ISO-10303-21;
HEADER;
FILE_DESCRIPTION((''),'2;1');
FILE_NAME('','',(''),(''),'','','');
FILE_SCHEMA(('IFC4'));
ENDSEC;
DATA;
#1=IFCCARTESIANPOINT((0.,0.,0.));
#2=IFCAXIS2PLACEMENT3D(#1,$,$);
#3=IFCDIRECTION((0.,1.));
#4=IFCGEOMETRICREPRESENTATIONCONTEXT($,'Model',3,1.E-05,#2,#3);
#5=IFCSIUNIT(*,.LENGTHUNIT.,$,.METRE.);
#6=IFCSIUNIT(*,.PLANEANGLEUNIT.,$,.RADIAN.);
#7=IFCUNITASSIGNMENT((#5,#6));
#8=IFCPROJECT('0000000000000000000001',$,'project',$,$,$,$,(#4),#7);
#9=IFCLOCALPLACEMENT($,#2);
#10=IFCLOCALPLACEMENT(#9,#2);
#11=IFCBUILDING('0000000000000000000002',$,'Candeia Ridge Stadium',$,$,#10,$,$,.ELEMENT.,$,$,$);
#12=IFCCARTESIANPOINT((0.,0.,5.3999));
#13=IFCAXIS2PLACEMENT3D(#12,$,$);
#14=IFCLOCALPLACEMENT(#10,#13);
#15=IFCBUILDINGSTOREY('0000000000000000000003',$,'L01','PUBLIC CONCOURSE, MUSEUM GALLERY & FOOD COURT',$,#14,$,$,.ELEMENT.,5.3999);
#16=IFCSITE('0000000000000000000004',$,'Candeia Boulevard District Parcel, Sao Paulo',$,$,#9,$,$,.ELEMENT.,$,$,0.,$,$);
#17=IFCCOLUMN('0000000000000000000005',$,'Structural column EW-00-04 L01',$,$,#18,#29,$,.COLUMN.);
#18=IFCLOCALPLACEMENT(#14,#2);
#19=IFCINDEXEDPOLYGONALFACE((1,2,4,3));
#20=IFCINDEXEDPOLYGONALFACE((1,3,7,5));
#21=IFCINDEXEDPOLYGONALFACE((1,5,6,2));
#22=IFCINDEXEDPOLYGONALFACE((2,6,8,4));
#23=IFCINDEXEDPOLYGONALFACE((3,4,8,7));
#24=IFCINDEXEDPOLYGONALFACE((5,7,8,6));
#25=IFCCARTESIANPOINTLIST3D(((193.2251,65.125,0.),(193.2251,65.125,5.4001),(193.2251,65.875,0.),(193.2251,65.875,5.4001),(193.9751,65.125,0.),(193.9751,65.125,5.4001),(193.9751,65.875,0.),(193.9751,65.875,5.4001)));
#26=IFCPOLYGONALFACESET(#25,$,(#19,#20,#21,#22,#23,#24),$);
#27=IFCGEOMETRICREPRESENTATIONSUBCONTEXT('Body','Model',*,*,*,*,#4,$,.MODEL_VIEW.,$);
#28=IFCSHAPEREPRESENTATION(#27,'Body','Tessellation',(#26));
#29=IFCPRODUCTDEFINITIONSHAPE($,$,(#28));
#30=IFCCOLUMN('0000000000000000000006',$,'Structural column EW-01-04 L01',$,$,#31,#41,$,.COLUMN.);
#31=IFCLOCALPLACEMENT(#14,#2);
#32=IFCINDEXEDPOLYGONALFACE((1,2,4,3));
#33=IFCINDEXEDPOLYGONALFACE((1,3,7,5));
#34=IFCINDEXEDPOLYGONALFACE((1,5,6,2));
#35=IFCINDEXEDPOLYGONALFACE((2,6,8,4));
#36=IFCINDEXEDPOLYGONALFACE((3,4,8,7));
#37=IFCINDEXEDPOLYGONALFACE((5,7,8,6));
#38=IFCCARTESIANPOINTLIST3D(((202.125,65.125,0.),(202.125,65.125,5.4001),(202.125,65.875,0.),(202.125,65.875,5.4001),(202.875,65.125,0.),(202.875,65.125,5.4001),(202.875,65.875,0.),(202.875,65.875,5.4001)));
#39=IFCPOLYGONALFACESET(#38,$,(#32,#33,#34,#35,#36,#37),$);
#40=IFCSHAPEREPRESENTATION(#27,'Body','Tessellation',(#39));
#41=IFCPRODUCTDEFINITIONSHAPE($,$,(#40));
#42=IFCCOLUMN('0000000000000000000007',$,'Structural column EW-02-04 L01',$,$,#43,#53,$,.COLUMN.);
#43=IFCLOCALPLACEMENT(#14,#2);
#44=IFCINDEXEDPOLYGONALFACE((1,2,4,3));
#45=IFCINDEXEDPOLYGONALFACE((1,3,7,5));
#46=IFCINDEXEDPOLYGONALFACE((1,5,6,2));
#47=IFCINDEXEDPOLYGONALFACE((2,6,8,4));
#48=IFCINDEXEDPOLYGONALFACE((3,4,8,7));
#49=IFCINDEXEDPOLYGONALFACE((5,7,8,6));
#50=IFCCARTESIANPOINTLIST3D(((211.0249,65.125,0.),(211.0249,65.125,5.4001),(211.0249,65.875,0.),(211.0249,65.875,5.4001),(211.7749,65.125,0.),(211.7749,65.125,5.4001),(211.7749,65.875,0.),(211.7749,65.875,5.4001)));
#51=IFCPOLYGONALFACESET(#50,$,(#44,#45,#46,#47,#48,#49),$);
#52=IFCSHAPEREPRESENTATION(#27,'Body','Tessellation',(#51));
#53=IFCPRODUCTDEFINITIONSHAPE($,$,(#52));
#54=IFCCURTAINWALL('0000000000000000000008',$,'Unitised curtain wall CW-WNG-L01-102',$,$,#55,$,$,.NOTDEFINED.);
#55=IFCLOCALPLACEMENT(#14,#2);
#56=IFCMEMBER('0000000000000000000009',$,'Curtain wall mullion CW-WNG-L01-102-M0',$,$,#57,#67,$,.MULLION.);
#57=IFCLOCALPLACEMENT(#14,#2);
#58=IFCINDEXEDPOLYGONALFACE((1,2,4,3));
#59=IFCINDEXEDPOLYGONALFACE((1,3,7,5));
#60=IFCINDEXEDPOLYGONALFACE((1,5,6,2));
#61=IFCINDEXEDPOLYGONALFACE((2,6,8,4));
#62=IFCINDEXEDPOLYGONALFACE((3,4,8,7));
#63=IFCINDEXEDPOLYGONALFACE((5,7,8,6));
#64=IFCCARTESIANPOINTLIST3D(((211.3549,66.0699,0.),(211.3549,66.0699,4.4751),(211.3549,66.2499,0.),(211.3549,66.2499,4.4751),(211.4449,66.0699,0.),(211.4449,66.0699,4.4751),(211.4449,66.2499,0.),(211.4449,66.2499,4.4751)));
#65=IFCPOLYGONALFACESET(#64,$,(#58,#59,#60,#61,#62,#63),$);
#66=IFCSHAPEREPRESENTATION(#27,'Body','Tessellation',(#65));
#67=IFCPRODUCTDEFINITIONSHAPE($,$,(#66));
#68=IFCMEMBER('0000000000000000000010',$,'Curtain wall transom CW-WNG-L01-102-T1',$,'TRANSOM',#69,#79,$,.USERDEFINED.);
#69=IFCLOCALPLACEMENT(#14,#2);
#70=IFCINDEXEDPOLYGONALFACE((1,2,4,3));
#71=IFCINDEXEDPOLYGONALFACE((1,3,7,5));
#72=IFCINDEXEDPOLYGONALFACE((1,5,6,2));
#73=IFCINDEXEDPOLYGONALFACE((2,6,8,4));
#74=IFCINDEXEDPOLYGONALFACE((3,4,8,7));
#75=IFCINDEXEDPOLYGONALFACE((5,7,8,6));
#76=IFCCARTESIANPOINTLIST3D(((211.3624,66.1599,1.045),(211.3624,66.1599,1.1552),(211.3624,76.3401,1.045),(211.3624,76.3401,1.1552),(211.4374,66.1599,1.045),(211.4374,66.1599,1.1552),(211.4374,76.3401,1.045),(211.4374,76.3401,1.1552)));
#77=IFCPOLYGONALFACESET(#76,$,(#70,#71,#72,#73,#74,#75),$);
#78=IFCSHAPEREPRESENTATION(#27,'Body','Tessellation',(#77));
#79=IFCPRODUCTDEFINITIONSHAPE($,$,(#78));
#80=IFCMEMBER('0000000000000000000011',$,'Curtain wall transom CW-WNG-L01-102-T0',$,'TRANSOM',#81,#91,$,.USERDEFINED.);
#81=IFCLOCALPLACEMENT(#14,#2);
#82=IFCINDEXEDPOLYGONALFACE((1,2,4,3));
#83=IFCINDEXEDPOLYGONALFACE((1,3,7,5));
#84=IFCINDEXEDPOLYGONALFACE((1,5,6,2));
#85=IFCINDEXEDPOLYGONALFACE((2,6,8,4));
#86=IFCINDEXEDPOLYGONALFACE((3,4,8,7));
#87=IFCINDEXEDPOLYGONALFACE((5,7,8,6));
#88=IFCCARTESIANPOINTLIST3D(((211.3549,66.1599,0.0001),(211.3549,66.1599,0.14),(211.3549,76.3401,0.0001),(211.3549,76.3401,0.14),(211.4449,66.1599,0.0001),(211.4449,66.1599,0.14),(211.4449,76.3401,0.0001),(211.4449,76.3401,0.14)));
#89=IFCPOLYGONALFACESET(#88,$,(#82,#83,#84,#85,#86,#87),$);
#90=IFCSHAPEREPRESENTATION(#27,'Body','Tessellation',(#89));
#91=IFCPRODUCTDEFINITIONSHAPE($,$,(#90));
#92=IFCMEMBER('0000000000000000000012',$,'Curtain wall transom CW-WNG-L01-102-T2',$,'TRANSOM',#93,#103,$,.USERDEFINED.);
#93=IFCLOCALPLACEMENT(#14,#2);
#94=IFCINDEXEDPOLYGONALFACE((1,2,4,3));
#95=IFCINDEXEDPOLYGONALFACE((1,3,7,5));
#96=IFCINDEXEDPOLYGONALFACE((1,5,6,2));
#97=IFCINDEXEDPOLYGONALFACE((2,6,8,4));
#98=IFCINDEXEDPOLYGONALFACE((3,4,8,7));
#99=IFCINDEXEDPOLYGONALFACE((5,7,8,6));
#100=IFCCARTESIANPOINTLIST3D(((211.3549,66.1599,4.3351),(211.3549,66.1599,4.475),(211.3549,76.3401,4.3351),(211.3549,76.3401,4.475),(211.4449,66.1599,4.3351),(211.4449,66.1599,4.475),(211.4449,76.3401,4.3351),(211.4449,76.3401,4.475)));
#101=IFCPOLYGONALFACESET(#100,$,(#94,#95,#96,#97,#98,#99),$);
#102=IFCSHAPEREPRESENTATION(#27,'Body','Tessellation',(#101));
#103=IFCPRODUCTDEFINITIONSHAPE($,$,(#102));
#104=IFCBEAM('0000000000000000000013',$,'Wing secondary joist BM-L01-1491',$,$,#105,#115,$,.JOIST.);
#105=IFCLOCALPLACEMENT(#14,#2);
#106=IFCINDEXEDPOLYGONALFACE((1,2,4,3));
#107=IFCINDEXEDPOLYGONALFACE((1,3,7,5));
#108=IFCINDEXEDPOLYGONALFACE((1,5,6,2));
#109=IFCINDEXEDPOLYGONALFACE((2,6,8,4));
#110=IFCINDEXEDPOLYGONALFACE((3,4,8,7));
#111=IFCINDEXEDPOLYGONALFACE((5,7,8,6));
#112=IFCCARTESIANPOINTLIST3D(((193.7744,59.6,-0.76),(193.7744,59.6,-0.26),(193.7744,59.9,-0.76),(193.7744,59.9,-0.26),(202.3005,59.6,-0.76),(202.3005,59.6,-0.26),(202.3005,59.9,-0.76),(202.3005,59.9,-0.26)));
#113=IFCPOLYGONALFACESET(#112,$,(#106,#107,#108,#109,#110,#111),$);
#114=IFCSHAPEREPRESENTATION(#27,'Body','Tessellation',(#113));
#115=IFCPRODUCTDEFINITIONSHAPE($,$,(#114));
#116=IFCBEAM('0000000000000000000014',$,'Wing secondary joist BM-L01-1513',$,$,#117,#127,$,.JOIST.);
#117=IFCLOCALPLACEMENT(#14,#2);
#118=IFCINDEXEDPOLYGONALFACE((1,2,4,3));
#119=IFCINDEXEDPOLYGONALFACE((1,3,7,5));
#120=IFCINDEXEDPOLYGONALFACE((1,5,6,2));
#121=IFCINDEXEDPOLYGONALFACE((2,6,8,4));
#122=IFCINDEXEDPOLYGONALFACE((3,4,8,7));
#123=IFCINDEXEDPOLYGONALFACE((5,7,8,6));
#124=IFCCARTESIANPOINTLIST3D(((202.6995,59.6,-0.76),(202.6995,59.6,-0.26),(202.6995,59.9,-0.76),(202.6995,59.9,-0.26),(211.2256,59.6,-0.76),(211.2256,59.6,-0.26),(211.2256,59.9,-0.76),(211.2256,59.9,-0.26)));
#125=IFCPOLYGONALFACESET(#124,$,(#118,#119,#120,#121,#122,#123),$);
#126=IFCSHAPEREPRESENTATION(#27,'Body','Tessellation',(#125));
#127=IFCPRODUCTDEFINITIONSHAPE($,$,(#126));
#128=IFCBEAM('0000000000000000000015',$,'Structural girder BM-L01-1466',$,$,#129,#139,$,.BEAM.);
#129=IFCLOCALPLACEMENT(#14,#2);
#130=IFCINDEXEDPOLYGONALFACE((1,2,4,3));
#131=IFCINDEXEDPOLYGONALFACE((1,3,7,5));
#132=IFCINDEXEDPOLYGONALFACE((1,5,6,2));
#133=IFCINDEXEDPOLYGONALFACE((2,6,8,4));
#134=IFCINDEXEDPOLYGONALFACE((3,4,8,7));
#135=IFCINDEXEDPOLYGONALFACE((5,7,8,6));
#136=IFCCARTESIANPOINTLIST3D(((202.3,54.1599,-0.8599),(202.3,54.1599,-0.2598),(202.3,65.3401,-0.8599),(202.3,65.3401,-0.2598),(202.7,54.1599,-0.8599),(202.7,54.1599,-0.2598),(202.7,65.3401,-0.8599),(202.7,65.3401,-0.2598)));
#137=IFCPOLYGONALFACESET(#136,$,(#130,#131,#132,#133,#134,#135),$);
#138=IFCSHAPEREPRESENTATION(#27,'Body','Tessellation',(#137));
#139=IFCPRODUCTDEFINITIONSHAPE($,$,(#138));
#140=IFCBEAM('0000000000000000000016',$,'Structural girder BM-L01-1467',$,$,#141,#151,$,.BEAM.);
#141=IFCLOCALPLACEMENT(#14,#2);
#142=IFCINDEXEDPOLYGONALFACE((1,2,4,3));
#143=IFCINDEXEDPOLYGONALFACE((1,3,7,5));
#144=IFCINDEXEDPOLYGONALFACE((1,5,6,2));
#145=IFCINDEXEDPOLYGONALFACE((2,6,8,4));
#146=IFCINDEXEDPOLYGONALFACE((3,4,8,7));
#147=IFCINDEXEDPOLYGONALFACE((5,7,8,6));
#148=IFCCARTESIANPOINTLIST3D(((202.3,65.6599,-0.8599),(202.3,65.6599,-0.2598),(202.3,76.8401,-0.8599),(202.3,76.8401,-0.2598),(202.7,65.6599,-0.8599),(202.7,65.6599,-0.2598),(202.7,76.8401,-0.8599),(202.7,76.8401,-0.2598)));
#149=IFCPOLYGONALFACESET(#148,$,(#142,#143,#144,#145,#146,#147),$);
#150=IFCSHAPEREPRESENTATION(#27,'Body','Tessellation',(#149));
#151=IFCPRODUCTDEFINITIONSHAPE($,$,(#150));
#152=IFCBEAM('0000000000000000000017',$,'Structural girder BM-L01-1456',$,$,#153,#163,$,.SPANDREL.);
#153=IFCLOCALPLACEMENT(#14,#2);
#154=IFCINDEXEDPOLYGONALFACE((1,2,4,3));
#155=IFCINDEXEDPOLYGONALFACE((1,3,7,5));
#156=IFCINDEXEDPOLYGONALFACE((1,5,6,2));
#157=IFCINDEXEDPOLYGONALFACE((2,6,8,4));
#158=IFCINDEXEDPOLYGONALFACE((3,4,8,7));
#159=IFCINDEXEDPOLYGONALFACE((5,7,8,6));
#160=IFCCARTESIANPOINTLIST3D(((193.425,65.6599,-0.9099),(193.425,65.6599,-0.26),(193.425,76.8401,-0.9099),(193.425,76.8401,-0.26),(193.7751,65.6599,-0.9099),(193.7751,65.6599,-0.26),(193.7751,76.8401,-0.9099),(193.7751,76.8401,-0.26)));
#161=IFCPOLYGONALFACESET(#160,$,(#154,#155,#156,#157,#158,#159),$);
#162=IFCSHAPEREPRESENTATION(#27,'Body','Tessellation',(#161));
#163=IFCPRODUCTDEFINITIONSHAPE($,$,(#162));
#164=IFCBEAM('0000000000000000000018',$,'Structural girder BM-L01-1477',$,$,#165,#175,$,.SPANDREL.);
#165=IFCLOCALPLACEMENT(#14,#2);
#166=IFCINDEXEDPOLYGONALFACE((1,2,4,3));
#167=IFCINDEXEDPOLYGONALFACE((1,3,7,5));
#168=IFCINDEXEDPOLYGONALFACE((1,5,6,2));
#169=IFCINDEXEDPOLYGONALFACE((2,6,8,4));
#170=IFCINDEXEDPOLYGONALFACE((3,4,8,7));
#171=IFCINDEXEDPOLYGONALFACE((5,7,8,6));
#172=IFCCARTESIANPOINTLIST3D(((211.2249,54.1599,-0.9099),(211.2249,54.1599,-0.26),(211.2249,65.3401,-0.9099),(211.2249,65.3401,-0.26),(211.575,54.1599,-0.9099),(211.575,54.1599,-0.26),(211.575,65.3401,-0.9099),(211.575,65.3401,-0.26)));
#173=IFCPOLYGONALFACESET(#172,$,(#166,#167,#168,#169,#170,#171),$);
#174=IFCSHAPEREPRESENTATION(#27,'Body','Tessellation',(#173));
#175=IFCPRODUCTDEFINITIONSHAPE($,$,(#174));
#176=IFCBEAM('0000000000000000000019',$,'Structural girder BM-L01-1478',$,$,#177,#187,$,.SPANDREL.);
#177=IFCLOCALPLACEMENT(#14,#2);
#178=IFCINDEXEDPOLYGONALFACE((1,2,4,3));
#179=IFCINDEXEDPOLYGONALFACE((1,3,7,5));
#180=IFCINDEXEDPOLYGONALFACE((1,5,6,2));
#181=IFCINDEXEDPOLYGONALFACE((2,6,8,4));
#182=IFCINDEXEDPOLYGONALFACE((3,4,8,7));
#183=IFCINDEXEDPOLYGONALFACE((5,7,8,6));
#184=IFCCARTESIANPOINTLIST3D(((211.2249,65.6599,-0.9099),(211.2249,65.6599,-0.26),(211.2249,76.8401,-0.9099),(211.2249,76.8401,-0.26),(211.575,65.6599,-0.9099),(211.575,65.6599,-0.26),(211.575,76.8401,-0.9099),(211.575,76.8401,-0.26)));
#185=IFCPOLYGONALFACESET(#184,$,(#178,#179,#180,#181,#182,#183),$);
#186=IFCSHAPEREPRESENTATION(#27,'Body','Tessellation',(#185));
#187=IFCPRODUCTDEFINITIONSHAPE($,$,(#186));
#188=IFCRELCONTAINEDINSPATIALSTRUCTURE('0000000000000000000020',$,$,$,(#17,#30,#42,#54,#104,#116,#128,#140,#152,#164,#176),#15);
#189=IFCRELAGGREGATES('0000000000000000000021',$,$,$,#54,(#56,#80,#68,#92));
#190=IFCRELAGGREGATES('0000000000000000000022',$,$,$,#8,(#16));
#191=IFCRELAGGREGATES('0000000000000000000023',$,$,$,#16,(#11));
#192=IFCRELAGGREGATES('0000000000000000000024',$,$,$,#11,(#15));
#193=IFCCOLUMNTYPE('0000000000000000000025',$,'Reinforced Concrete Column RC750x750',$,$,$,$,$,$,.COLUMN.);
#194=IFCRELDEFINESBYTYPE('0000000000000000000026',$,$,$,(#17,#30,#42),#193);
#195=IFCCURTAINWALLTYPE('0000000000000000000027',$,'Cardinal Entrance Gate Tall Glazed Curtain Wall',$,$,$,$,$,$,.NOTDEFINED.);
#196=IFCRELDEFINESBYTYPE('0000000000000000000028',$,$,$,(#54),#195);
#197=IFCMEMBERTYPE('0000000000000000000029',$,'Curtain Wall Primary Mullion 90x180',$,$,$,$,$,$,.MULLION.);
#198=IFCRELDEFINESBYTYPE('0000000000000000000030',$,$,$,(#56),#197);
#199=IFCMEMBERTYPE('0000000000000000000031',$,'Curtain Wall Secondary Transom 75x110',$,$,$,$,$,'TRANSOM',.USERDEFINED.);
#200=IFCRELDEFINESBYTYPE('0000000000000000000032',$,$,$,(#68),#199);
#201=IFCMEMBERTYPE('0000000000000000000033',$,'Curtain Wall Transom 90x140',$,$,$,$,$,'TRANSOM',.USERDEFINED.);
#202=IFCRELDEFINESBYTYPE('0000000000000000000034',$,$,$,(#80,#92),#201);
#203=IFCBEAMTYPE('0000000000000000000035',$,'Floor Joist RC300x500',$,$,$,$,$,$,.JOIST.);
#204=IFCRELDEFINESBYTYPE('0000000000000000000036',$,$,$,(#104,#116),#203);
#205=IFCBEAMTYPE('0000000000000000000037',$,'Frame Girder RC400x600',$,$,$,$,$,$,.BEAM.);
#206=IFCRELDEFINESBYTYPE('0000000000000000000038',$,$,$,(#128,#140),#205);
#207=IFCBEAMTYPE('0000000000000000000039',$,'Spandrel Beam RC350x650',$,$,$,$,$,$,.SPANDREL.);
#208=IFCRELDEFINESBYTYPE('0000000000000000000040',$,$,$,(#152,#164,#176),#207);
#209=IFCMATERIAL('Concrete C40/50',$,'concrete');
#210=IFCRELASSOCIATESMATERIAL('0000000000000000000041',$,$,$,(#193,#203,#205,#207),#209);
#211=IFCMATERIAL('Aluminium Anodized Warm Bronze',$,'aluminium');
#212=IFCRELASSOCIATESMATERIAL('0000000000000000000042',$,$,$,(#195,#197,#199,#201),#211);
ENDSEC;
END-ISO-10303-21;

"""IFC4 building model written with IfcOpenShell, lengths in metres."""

from ifc_helpers import new_model, si_unit, direction, frame, origin, origin_2d, place, context, subcontext, project, spatial, rectangle, extrude, material, material_profile, profile_set, type_object, element, aggregate, save


model = new_model("IFC4")

# Units and contexts
model_context = context("Model", 3, precision=1e-05, world=origin(), true_north=direction((0.0, 1.0)))
body_context = subcontext(model_context, "Body", "Model", "MODEL_VIEW")
ifc_project = project(units=[si_unit("LENGTHUNIT", "METRE"), si_unit("PLANEANGLEUNIT", "RADIAN")], contexts=[model_context])

# Site, building, storey
site_placement = place(None, origin())
site = spatial("IfcSite", under=ifc_project, at=site_placement, Name="Candeia Boulevard District Parcel, Sao Paulo", CompositionType="ELEMENT", RefElevation=0.0)
building_placement = place(site_placement, origin())
building = spatial("IfcBuilding", under=site, at=building_placement, Name="Candeia Ridge Stadium", CompositionType="ELEMENT")
storey_placement = place(building_placement, frame((0.0, 0.0, 5.3999)))
storey = spatial("IfcBuildingStorey", under=building, at=storey_placement, Name="L01", Description="PUBLIC CONCOURSE, MUSEUM GALLERY & FOOD COURT", CompositionType="ELEMENT", Elevation=5.3999)

# Columns
ifc_material_1 = material(Name="Concrete C40/50", Category="concrete")
ifc_material_profile_1 = material_profile(ifc_material_1, rectangle(XDim=0.75, YDim=0.75, at=origin_2d()), Name="RC750x750", Category="concrete")
ifc_profile_set_1 = profile_set([ifc_material_profile_1], Name="Concrete C40/50")
column_type = type_object("IfcColumnType", Name="Reinforced Concrete Column RC750x750", PredefinedType="COLUMN", material=ifc_profile_set_1)
for number, where, z_axis, x_axis, name in (
    (1, (193.6001, 65.5, 0.0), (0.0, 0.0, 1.0), (1.0, 0.0, 0.0), "Structural column EW-00-04 L01"),
    (2, (202.5, 65.5, 0.0), (0.0, 0.0, 1.0), (1.0, 0.0, 0.0), "Structural column EW-01-04 L01"),
    (3, (211.3999, 65.5, 0.0), (0.0, 0.0, 1.0), (1.0, 0.0, 0.0), "Structural column EW-02-04 L01"),
):
    element("IfcColumn", number, at=place(storey_placement, frame(where, z_axis=z_axis, x_axis=x_axis)), inside=storey, type_object=column_type, Name=name, PredefinedType="COLUMN", context=body_context, shape_type="SweptSolid", body=[
        extrude(rectangle(XDim=0.75, YDim=0.75, at=origin_2d()), origin(), (0.0, 0.0, 1.0), 5.4001),
    ])

# Curtain wall, members
ifc_material_2 = material(Name="Aluminium Anodized Warm Bronze", Category="aluminium")
curtain_wall_type = type_object("IfcCurtainWallType", Name="Cardinal Entrance Gate Tall Glazed Curtain Wall", PredefinedType="NOTDEFINED", material=ifc_material_2)
curtain_wall_placement = place(storey_placement, origin())
curtain_wall = element("IfcCurtainWall", 4, at=curtain_wall_placement, inside=storey, type_object=curtain_wall_type, Name="Unitised curtain wall CW-WNG-L01-102", PredefinedType="NOTDEFINED")
ifc_material_profile_2 = material_profile(ifc_material_2, rectangle(XDim=0.0901, YDim=0.1799, at=origin_2d()), Name="CWM-90x180", Category="aluminium")
ifc_profile_set_2 = profile_set([ifc_material_profile_2], Name="Aluminium Anodized Warm Bronze")
member_type_1 = type_object("IfcMemberType", Name="Curtain Wall Primary Mullion 90x180", PredefinedType="MULLION", material=ifc_profile_set_2)
member_1_placement = place(storey_placement, frame((211.3999, 66.1599, 0.0), z_axis=(0.0, 0.0, 1.0), x_axis=(1.0, 0.0, 0.0)))
member_1 = element("IfcMember", 5, at=member_1_placement, type_object=member_type_1, Name="Curtain wall mullion CW-WNG-L01-102-M0", PredefinedType="MULLION", context=body_context, shape_type="SweptSolid", body=[
    extrude(rectangle(XDim=0.0901, YDim=0.1799, at=origin_2d()), origin(), (0.0, 0.0, 1.0), 4.4751),
])
ifc_material_profile_3 = material_profile(ifc_material_2, rectangle(XDim=0.075, YDim=0.1101, at=origin_2d()), Name="CWT-75x110", Category="aluminium")
ifc_profile_set_3 = profile_set([ifc_material_profile_3], Name="Aluminium Anodized Warm Bronze")
member_type_2 = type_object("IfcMemberType", Name="Curtain Wall Secondary Transom 75x110", ElementType="TRANSOM", PredefinedType="USERDEFINED", material=ifc_profile_set_3)
member_2_placement = place(storey_placement, frame((211.3999, 66.1599, 1.1001), z_axis=(0.0, 1.0, 0.0), x_axis=(-1.0, 0.0, 0.0)))
member_2 = element("IfcMember", 6, at=member_2_placement, type_object=member_type_2, Name="Curtain wall transom CW-WNG-L01-102-T1", ObjectType="TRANSOM", PredefinedType="USERDEFINED", context=body_context, shape_type="SweptSolid", body=[
    extrude(rectangle(XDim=0.075, YDim=0.1101, at=origin_2d()), origin(), (0.0, 0.0, 1.0), 10.1802),
])
ifc_material_profile_4 = material_profile(ifc_material_2, rectangle(XDim=0.0901, YDim=0.1399, at=origin_2d()), Name="CWT-90x140", Category="aluminium")
ifc_profile_set_4 = profile_set([ifc_material_profile_4], Name="Aluminium Anodized Warm Bronze")
member_type_3 = type_object("IfcMemberType", Name="Curtain Wall Transom 90x140", ElementType="TRANSOM", PredefinedType="USERDEFINED", material=ifc_profile_set_4)
member_3_placement = place(storey_placement, frame((211.3999, 66.1599, 0.0701), z_axis=(0.0, 1.0, 0.0), x_axis=(-1.0, 0.0, 0.0)))
member_3 = element("IfcMember", 7, at=member_3_placement, type_object=member_type_3, Name="Curtain wall transom CW-WNG-L01-102-T0", ObjectType="TRANSOM", PredefinedType="USERDEFINED", context=body_context, shape_type="SweptSolid", body=[
    extrude(rectangle(XDim=0.0901, YDim=0.1399, at=origin_2d()), origin(), (0.0, 0.0, 1.0), 10.1802),
])
member_4_placement = place(storey_placement, frame((211.3999, 66.1599, 4.405), z_axis=(0.0, 1.0, 0.0), x_axis=(-1.0, 0.0, 0.0)))
member_4 = element("IfcMember", 8, at=member_4_placement, type_object=member_type_3, Name="Curtain wall transom CW-WNG-L01-102-T2", ObjectType="TRANSOM", PredefinedType="USERDEFINED", context=body_context, shape_type="SweptSolid", body=[
    extrude(rectangle(XDim=0.0901, YDim=0.1399, at=origin_2d()), origin(), (0.0, 0.0, 1.0), 10.1802),
])
aggregate(curtain_wall, [member_1, member_3, member_2, member_4])

# Beams
ifc_material_profile_5 = material_profile(ifc_material_1, rectangle(XDim=0.3, YDim=0.5, at=origin_2d()), Name="RC300x500", Category="concrete")
ifc_profile_set_5 = profile_set([ifc_material_profile_5], Name="Concrete C40/50")
beam_type_1 = type_object("IfcBeamType", Name="Floor Joist RC300x500", PredefinedType="JOIST", material=ifc_profile_set_5)
for number, where, z_axis, x_axis, name in (
    (9, (193.7744, 59.75, -0.51), (1.0, 0.0, 0.0), (0.0, 1.0, 0.0), "Wing secondary joist BM-L01-1491"),
    (10, (202.6995, 59.75, -0.51), (1.0, 0.0, 0.0), (0.0, 1.0, 0.0), "Wing secondary joist BM-L01-1513"),
):
    element("IfcBeam", number, at=place(storey_placement, frame(where, z_axis=z_axis, x_axis=x_axis)), inside=storey, type_object=beam_type_1, Name=name, PredefinedType="JOIST", context=body_context, shape_type="SweptSolid", body=[
        extrude(rectangle(XDim=0.3, YDim=0.5, at=origin_2d()), origin(), (0.0, 0.0, 1.0), 8.5261),
    ])
ifc_material_profile_6 = material_profile(ifc_material_1, rectangle(XDim=0.3999, YDim=0.6001, at=origin_2d()), Name="RC400x600", Category="concrete")
ifc_profile_set_6 = profile_set([ifc_material_profile_6], Name="Concrete C40/50")
beam_type_2 = type_object("IfcBeamType", Name="Frame Girder RC400x600", PredefinedType="BEAM", material=ifc_profile_set_6)
for number, where, z_axis, x_axis, name in (
    (11, (202.5, 54.1599, -0.5598), (0.0, 1.0, 0.0), (-1.0, 0.0, 0.0), "Structural girder BM-L01-1466"),
    (12, (202.5, 65.6599, -0.5598), (0.0, 1.0, 0.0), (-1.0, 0.0, 0.0), "Structural girder BM-L01-1467"),
):
    element("IfcBeam", number, at=place(storey_placement, frame(where, z_axis=z_axis, x_axis=x_axis)), inside=storey, type_object=beam_type_2, Name=name, PredefinedType="BEAM", context=body_context, shape_type="SweptSolid", body=[
        extrude(rectangle(XDim=0.3999, YDim=0.6001, at=origin_2d()), origin(), (0.0, 0.0, 1.0), 11.1802),
    ])
ifc_material_profile_7 = material_profile(ifc_material_1, rectangle(XDim=0.3501, YDim=0.6499, at=origin_2d()), Name="RC350x650", Category="concrete")
ifc_profile_set_7 = profile_set([ifc_material_profile_7], Name="Concrete C40/50")
beam_type_3 = type_object("IfcBeamType", Name="Spandrel Beam RC350x650", PredefinedType="SPANDREL", material=ifc_profile_set_7)
for number, where, z_axis, x_axis, name in (
    (13, (193.6001, 65.6599, -0.585), (0.0, 1.0, 0.0), (-1.0, 0.0, 0.0), "Structural girder BM-L01-1456"),
    (14, (211.3999, 54.1599, -0.585), (0.0, 1.0, 0.0), (-1.0, 0.0, 0.0), "Structural girder BM-L01-1477"),
    (15, (211.3999, 65.6599, -0.585), (0.0, 1.0, 0.0), (-1.0, 0.0, 0.0), "Structural girder BM-L01-1478"),
):
    element("IfcBeam", number, at=place(storey_placement, frame(where, z_axis=z_axis, x_axis=x_axis)), inside=storey, type_object=beam_type_3, Name=name, PredefinedType="SPANDREL", context=body_context, shape_type="SweptSolid", body=[
        extrude(rectangle(XDim=0.3501, YDim=0.6499, at=origin_2d()), origin(), (0.0, 0.0, 1.0), 11.1802),
    ])

save(model, "model.ifc")
